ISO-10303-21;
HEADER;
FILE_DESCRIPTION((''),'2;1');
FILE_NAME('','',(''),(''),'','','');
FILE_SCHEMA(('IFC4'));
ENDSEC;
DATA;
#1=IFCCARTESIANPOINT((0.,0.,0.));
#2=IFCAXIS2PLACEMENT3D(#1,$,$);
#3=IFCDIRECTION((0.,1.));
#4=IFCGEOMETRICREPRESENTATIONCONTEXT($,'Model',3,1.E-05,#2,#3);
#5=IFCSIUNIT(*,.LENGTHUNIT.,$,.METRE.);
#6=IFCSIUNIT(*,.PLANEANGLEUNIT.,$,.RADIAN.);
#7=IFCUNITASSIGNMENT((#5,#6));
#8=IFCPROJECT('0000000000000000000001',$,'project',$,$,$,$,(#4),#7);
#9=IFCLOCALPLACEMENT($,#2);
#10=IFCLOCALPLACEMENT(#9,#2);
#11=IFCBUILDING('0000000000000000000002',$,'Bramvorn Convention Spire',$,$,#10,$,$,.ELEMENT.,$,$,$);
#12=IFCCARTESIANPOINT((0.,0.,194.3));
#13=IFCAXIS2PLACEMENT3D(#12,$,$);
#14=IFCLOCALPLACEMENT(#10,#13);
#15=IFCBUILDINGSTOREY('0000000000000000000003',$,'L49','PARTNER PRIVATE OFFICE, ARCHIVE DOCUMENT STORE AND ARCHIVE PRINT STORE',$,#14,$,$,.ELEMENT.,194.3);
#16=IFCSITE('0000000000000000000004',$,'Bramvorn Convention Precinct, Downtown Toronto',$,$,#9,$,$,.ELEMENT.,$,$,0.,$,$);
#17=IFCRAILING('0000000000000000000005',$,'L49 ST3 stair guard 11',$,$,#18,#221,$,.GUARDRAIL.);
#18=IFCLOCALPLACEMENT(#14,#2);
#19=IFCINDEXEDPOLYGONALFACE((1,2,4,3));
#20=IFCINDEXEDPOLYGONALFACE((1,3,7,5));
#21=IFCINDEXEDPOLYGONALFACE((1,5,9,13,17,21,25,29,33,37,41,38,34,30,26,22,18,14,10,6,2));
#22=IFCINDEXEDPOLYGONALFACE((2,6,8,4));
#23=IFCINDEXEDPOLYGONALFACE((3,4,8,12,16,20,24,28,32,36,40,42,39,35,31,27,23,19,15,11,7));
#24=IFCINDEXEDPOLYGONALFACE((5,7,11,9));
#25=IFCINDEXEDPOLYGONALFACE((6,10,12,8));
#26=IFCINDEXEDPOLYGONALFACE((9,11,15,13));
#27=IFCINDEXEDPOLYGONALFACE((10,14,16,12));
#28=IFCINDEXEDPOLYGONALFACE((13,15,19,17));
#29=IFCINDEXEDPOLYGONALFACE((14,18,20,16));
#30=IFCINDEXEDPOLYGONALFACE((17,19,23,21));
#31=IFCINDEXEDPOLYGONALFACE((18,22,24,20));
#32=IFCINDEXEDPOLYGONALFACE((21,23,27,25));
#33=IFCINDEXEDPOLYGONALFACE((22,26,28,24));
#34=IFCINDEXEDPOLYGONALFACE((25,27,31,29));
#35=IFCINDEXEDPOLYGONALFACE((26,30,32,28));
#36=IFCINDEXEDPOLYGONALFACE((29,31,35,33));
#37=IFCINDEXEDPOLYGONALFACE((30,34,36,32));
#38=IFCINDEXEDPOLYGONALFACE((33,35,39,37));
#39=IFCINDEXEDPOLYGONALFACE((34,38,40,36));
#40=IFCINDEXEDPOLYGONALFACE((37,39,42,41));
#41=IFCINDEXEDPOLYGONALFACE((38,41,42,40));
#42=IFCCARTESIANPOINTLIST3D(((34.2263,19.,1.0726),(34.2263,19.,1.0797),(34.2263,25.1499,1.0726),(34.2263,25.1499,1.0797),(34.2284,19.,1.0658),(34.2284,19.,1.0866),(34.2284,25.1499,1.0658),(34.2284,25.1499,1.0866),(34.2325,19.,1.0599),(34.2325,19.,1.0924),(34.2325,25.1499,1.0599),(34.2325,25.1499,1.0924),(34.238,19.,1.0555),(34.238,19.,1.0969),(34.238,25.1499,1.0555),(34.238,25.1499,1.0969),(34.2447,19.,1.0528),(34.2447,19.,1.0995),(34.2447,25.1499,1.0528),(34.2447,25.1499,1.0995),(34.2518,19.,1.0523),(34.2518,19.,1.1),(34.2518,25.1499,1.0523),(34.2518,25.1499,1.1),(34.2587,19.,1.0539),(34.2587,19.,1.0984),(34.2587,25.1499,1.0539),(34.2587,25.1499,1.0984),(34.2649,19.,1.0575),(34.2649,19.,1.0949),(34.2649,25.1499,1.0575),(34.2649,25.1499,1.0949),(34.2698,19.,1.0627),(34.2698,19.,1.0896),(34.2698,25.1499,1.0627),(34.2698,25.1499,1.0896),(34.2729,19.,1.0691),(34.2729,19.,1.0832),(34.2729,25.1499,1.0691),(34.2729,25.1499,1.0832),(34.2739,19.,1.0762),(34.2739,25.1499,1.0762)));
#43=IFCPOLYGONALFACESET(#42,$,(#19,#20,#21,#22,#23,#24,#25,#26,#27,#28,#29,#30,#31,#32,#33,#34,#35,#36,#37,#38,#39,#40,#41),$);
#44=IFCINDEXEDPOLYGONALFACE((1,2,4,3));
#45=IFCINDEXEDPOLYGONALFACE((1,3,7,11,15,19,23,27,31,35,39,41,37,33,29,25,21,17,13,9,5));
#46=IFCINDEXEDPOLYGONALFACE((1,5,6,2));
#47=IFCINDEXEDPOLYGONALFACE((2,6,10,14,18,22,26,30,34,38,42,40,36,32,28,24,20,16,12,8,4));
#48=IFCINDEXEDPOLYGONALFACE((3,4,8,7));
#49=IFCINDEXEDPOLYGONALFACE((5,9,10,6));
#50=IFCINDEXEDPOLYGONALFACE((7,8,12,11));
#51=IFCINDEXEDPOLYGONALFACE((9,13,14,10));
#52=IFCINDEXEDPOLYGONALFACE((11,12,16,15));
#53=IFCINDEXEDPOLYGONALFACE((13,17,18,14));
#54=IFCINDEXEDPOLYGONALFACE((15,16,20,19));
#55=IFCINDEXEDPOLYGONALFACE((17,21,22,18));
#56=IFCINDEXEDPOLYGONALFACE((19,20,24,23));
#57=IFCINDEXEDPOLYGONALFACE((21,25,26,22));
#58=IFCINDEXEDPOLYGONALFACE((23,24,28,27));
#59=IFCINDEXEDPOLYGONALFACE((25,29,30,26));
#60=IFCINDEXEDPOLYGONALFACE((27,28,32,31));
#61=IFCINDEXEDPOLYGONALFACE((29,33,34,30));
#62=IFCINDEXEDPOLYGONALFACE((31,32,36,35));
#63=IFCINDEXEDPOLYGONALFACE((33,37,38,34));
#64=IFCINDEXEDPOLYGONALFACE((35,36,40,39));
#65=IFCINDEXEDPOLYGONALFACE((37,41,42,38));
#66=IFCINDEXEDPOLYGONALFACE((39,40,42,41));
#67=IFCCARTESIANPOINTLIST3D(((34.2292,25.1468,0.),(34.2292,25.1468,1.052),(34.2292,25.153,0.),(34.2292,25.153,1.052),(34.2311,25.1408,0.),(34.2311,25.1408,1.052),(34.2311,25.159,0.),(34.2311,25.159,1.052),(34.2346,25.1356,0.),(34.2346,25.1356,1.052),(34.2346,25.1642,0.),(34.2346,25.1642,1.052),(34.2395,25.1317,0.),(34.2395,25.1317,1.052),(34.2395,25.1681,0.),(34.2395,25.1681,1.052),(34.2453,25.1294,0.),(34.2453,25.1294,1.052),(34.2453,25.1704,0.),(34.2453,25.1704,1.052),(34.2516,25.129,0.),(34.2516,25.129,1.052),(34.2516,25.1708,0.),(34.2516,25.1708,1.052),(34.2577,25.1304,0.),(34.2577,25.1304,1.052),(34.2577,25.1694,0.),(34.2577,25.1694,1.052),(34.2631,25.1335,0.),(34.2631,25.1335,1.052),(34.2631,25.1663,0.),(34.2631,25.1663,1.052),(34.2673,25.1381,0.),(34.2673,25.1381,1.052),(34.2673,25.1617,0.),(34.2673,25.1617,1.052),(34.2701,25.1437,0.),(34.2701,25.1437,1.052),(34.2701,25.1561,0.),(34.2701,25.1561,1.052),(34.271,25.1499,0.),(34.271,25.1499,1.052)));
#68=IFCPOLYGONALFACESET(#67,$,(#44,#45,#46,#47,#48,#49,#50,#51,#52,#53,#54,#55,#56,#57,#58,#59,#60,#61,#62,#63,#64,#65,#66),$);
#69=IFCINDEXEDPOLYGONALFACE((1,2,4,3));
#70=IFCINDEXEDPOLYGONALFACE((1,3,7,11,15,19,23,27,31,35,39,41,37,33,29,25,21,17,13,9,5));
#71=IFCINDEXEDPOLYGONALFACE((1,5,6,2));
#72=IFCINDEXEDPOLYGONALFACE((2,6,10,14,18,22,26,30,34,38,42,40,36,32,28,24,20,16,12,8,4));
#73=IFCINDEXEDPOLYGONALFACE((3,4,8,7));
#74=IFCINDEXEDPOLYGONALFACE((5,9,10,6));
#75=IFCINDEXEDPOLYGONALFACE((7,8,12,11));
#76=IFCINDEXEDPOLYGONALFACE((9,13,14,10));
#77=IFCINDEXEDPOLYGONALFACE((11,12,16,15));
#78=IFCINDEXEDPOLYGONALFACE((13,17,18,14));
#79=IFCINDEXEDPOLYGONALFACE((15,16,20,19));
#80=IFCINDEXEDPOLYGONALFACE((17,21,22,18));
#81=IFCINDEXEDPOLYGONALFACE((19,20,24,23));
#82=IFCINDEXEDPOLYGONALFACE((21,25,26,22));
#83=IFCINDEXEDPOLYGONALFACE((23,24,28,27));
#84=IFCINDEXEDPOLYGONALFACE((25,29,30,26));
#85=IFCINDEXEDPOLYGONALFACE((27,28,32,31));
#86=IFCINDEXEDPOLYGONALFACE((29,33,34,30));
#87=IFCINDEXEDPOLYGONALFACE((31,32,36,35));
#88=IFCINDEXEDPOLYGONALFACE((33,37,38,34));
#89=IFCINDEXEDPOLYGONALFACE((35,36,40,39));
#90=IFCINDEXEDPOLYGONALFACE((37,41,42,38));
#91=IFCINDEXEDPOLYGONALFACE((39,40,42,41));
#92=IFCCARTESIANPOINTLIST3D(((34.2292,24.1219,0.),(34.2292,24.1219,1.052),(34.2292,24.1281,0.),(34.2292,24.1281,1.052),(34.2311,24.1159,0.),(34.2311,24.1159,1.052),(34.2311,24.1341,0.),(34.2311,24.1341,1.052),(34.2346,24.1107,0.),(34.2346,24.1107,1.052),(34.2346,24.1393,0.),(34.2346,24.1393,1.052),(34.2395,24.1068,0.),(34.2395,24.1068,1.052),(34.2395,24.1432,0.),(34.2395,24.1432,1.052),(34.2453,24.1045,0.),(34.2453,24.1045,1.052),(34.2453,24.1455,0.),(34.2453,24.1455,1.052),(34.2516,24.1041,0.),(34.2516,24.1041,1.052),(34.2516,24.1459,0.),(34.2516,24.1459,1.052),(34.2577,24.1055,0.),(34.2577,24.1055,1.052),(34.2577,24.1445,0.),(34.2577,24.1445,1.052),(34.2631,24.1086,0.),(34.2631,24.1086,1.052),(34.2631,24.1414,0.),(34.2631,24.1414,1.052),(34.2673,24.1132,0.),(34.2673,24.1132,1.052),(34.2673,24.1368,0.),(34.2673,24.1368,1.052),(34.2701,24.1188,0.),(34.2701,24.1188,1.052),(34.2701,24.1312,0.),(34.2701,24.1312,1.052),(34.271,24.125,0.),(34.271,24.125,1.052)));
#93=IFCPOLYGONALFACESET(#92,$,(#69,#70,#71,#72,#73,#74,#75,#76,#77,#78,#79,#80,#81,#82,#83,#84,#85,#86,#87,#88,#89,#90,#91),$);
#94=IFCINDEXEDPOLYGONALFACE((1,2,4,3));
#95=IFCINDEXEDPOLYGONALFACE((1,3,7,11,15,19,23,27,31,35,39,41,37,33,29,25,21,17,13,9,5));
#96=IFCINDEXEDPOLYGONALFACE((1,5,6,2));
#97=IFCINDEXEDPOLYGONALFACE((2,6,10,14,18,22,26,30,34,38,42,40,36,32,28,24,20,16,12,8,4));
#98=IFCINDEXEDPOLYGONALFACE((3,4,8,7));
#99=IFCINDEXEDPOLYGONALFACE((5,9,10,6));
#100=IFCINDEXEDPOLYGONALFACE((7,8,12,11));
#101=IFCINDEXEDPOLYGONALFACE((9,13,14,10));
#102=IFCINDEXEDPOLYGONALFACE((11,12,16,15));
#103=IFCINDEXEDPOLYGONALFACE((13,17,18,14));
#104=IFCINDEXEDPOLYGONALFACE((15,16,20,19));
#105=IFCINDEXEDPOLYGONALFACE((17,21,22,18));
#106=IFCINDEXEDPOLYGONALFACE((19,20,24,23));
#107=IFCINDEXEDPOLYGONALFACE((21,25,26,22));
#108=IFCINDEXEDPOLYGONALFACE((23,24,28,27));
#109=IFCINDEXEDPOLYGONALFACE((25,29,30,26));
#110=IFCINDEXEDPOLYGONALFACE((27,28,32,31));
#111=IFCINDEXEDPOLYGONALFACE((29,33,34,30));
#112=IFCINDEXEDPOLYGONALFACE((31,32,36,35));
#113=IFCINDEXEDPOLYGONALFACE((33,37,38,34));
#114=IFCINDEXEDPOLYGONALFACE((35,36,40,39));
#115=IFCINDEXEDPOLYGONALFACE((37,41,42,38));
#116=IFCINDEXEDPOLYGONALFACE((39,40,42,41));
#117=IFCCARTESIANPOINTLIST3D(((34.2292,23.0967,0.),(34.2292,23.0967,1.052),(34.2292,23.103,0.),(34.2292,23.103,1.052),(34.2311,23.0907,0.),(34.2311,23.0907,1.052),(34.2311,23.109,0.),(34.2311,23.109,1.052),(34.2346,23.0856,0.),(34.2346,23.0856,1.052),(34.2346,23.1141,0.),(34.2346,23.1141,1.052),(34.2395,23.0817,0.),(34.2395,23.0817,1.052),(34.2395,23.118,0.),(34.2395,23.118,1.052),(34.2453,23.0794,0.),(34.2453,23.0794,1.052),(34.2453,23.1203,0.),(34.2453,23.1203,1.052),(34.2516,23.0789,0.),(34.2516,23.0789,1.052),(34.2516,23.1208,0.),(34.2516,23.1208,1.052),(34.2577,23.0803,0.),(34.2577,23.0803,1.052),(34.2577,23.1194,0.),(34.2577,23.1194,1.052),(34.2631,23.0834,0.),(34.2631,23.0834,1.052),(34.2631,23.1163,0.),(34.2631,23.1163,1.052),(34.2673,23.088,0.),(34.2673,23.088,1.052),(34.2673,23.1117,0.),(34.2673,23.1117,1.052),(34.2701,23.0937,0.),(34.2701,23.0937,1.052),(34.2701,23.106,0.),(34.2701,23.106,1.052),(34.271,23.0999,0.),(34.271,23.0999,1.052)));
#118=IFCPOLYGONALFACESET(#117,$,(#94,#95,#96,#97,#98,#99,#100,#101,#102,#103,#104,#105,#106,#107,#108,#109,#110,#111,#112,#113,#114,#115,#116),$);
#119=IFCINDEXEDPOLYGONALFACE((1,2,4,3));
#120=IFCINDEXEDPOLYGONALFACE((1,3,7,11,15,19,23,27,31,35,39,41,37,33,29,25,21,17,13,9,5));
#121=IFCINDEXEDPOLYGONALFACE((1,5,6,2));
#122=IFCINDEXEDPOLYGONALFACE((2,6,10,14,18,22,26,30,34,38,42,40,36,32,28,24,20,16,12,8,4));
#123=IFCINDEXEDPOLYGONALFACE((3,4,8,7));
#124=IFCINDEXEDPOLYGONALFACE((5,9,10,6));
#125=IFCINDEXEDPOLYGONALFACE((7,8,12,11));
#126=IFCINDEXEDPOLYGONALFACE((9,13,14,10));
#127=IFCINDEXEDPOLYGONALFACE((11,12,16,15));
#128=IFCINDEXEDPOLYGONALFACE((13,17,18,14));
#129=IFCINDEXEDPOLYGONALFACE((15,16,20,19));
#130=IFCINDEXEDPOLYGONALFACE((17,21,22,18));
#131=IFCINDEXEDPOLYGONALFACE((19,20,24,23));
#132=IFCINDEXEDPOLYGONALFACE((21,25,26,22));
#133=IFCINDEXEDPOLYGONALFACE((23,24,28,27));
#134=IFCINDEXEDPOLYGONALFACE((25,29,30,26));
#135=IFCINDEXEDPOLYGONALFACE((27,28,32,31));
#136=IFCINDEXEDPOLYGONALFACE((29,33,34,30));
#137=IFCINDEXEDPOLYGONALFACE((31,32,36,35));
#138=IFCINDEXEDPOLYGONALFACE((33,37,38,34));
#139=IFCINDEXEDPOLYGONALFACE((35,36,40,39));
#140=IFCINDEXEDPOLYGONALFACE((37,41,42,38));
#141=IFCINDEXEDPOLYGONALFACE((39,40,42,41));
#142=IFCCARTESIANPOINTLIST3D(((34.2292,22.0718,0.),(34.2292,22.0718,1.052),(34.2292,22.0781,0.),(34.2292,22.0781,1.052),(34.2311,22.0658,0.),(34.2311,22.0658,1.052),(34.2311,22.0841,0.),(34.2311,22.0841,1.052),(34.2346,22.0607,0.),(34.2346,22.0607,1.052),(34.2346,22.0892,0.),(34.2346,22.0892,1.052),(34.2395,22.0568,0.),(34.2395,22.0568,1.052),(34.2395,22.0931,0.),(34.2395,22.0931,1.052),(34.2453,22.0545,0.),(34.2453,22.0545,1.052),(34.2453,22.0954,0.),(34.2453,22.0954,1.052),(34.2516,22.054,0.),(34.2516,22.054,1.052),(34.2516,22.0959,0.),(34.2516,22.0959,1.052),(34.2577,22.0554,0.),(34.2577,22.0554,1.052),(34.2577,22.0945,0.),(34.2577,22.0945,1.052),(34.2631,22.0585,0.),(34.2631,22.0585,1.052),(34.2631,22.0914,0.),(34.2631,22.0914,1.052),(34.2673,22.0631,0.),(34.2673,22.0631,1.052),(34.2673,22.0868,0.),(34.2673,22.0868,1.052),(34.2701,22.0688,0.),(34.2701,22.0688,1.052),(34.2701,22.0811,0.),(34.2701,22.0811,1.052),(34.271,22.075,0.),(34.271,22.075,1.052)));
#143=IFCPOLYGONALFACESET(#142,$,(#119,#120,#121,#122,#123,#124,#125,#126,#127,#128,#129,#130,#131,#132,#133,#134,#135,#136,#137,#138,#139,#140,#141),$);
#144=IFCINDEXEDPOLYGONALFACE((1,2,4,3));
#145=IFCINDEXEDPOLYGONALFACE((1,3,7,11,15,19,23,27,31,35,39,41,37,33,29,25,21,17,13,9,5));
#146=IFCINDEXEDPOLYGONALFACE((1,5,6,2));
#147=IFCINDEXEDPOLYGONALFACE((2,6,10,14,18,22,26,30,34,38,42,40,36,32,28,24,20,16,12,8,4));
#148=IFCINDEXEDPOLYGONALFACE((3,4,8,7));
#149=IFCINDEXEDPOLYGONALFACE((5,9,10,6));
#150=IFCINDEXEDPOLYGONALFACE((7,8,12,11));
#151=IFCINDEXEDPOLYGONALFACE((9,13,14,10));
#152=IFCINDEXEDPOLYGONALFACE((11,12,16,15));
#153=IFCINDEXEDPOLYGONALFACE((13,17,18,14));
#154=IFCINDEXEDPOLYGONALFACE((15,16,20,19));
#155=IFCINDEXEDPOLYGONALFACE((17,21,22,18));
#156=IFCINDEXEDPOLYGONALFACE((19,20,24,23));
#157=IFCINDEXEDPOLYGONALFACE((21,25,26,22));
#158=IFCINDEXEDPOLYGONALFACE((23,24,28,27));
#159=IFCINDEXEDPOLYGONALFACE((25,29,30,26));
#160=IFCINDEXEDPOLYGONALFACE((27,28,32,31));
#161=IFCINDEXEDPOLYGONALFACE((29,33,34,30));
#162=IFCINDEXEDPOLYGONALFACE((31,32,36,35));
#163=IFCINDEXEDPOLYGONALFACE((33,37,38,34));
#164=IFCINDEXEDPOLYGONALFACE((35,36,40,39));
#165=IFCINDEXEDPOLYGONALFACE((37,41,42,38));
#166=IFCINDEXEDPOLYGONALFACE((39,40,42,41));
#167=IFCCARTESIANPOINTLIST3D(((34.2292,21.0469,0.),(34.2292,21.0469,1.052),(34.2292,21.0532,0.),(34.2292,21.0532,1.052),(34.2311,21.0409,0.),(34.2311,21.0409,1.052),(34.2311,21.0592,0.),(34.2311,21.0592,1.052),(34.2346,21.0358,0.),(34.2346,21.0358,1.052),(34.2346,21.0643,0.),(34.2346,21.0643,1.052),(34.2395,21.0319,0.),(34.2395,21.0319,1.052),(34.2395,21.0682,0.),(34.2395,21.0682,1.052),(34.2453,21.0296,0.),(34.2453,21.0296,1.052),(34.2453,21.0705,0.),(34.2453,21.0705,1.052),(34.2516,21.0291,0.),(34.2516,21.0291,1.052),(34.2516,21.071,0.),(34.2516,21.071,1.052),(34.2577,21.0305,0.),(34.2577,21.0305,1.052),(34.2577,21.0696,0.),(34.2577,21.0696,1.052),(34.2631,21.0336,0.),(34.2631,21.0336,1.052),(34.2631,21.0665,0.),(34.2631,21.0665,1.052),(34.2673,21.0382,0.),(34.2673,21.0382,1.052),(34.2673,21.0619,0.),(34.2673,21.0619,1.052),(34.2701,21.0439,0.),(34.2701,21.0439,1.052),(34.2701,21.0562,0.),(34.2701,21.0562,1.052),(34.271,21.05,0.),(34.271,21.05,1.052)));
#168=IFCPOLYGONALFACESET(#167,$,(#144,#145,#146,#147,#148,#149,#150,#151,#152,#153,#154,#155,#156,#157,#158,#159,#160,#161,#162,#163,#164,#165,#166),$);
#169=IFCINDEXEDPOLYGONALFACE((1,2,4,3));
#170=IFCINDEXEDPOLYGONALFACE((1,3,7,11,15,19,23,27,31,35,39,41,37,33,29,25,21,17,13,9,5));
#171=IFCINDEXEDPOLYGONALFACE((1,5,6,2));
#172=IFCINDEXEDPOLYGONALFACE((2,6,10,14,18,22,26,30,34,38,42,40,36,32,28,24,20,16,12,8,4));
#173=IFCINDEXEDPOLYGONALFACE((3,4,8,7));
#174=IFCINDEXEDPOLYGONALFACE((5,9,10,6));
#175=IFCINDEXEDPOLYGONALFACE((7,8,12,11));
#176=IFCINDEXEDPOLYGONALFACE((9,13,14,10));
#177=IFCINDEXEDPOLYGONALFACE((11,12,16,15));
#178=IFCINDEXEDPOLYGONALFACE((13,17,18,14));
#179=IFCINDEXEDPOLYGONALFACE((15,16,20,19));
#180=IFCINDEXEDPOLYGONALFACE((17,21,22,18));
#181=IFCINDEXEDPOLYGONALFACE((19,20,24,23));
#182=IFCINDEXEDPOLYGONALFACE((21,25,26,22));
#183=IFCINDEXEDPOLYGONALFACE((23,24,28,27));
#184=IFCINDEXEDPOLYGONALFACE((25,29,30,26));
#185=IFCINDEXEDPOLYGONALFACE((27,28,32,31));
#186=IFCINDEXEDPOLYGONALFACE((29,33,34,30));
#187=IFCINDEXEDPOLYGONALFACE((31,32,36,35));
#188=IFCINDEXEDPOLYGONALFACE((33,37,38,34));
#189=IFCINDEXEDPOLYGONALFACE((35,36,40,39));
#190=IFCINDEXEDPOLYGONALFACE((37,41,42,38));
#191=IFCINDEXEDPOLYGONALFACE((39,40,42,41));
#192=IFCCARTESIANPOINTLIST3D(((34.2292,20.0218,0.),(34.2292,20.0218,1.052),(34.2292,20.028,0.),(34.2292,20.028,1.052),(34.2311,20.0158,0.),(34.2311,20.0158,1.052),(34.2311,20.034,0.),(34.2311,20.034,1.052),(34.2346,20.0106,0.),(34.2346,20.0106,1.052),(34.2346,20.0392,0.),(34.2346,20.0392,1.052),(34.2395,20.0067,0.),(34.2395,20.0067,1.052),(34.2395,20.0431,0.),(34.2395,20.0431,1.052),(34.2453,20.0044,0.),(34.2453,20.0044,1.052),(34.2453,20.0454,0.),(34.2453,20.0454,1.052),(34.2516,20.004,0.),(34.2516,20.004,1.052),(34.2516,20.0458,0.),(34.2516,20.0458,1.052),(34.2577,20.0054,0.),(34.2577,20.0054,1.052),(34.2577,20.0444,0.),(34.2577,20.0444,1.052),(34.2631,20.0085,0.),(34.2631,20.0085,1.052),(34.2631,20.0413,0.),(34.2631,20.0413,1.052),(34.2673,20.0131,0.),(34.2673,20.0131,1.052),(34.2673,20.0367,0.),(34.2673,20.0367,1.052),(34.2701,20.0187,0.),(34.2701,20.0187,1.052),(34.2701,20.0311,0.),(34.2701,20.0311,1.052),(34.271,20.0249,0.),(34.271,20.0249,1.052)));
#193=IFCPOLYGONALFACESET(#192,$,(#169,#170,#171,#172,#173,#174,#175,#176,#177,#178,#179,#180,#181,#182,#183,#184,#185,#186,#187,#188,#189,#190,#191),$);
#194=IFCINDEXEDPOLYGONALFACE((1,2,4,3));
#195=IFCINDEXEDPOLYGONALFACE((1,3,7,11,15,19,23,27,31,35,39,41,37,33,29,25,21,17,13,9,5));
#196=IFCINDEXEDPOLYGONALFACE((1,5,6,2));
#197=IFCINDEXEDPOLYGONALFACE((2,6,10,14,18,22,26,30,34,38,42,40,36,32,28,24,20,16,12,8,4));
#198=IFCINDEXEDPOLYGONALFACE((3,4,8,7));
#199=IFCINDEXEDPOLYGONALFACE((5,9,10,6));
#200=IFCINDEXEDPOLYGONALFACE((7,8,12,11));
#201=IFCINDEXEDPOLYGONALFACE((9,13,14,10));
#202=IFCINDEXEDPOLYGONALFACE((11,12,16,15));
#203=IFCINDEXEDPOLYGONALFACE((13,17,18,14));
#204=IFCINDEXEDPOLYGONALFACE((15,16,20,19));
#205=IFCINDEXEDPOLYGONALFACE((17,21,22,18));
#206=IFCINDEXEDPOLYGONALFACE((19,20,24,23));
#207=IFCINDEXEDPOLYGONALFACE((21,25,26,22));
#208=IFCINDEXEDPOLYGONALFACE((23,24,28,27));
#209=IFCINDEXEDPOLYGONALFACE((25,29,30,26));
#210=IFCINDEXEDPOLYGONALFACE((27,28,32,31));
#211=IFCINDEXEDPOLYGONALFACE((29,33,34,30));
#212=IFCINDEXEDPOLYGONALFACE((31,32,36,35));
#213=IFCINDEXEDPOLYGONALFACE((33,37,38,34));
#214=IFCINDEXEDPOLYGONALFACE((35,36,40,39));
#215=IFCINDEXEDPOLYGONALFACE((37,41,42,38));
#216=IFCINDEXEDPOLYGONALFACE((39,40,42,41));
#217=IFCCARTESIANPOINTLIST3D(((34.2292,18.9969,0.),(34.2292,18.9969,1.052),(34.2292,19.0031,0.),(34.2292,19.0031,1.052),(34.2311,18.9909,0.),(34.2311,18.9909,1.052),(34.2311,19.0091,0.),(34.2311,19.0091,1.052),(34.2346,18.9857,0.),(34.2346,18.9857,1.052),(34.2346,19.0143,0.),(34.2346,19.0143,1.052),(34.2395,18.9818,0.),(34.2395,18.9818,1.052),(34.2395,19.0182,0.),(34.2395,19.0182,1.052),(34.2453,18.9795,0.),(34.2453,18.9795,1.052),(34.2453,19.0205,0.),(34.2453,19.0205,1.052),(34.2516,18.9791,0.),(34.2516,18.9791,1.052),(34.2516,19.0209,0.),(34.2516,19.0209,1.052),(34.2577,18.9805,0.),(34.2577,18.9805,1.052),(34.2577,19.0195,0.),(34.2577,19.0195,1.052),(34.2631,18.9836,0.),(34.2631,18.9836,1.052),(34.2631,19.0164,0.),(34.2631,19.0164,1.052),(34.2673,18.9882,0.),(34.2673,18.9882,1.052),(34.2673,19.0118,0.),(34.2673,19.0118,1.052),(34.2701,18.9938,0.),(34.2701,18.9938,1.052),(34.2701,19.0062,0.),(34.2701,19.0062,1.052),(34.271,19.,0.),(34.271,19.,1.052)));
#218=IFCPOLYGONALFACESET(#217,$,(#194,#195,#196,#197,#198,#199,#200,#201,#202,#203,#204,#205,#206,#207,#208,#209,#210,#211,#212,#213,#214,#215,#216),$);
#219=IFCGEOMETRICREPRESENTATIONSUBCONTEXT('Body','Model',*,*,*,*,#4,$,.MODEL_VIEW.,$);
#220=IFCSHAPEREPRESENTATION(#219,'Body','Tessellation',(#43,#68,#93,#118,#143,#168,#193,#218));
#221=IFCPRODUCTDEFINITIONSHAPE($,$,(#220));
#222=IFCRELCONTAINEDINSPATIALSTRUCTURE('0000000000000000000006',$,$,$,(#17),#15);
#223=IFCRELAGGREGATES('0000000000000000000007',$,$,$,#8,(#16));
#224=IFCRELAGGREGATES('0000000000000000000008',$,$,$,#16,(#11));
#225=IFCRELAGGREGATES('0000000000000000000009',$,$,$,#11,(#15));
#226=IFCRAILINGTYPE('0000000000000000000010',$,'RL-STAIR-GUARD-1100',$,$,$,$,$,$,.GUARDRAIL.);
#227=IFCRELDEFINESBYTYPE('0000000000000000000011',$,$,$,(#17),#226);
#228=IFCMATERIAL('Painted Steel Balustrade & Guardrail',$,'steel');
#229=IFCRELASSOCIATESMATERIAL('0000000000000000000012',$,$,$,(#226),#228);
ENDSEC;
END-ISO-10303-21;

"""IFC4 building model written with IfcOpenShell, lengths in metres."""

from ifc_helpers import new_model, si_unit, direction, frame, origin, origin_2d, place, context, subcontext, project, spatial, circle, extrude, material, type_object, element, save


model = new_model("IFC4")

# Units and contexts
model_context = context("Model", 3, precision=1e-05, world=origin(), true_north=direction((0.0, 1.0)))
body_context = subcontext(model_context, "Body", "Model", "MODEL_VIEW")
ifc_project = project(units=[si_unit("LENGTHUNIT", "METRE"), si_unit("PLANEANGLEUNIT", "RADIAN")], contexts=[model_context])

# Site, building, storey
site_placement = place(None, origin())
site = spatial("IfcSite", under=ifc_project, at=site_placement, Name="Bramvorn Convention Precinct, Downtown Toronto", CompositionType="ELEMENT", RefElevation=0.0)
building_placement = place(site_placement, origin())
building = spatial("IfcBuilding", under=site, at=building_placement, Name="Bramvorn Convention Spire", CompositionType="ELEMENT")
storey_placement = place(building_placement, frame((0.0, 0.0, 194.3)))
storey = spatial("IfcBuildingStorey", under=building, at=storey_placement, Name="L49", Description="PARTNER PRIVATE OFFICE, ARCHIVE DOCUMENT STORE AND ARCHIVE PRINT STORE", CompositionType="ELEMENT", Elevation=194.3)

# Railing
ifc_material_1 = material(Name="Painted Steel Balustrade & Guardrail", Category="steel")
railing_type_1 = type_object("IfcRailingType", Name="RL-STAIR-GUARD-1100", PredefinedType="GUARDRAIL", material=ifc_material_1)
railing_1_placement = place(storey_placement, frame((34.25, 25.1499, 0.0)))
element("IfcRailing", 1, at=railing_1_placement, inside=storey, type_object=railing_type_1, Name="L49 ST3 stair guard 11", PredefinedType="GUARDRAIL", context=body_context, shape_type="SweptSolid", body=[
    extrude(circle(Radius=0.0239, at=origin_2d()), frame((0.0, 0.0, 1.0762), z_axis=(0.0, -1.0, 0.0), x_axis=(1.0, 0.0, 0.0)), (0.0, 0.0, 1.0), 6.1499),
    extrude(circle(Radius=0.021, at=origin_2d()), origin(), (0.0, 0.0, 1.0), 1.052),
    extrude(circle(Radius=0.021, at=origin_2d()), frame((0.0, -1.0249, 0.0)), (0.0, 0.0, 1.0), 1.052),
    extrude(circle(Radius=0.021, at=origin_2d()), frame((0.0, -2.05, 0.0)), (0.0, 0.0, 1.0), 1.052),
    extrude(circle(Radius=0.021, at=origin_2d()), frame((0.0, -3.075, 0.0)), (0.0, 0.0, 1.0), 1.052),
    extrude(circle(Radius=0.021, at=origin_2d()), frame((0.0, -4.0999, 0.0)), (0.0, 0.0, 1.0), 1.052),
    extrude(circle(Radius=0.021, at=origin_2d()), frame((0.0, -5.125, 0.0)), (0.0, 0.0, 1.0), 1.052),
    extrude(circle(Radius=0.021, at=origin_2d()), frame((0.0, -6.1499, 0.0)), (0.0, 0.0, 1.0), 1.052),
])

save(model, "model.ifc")
